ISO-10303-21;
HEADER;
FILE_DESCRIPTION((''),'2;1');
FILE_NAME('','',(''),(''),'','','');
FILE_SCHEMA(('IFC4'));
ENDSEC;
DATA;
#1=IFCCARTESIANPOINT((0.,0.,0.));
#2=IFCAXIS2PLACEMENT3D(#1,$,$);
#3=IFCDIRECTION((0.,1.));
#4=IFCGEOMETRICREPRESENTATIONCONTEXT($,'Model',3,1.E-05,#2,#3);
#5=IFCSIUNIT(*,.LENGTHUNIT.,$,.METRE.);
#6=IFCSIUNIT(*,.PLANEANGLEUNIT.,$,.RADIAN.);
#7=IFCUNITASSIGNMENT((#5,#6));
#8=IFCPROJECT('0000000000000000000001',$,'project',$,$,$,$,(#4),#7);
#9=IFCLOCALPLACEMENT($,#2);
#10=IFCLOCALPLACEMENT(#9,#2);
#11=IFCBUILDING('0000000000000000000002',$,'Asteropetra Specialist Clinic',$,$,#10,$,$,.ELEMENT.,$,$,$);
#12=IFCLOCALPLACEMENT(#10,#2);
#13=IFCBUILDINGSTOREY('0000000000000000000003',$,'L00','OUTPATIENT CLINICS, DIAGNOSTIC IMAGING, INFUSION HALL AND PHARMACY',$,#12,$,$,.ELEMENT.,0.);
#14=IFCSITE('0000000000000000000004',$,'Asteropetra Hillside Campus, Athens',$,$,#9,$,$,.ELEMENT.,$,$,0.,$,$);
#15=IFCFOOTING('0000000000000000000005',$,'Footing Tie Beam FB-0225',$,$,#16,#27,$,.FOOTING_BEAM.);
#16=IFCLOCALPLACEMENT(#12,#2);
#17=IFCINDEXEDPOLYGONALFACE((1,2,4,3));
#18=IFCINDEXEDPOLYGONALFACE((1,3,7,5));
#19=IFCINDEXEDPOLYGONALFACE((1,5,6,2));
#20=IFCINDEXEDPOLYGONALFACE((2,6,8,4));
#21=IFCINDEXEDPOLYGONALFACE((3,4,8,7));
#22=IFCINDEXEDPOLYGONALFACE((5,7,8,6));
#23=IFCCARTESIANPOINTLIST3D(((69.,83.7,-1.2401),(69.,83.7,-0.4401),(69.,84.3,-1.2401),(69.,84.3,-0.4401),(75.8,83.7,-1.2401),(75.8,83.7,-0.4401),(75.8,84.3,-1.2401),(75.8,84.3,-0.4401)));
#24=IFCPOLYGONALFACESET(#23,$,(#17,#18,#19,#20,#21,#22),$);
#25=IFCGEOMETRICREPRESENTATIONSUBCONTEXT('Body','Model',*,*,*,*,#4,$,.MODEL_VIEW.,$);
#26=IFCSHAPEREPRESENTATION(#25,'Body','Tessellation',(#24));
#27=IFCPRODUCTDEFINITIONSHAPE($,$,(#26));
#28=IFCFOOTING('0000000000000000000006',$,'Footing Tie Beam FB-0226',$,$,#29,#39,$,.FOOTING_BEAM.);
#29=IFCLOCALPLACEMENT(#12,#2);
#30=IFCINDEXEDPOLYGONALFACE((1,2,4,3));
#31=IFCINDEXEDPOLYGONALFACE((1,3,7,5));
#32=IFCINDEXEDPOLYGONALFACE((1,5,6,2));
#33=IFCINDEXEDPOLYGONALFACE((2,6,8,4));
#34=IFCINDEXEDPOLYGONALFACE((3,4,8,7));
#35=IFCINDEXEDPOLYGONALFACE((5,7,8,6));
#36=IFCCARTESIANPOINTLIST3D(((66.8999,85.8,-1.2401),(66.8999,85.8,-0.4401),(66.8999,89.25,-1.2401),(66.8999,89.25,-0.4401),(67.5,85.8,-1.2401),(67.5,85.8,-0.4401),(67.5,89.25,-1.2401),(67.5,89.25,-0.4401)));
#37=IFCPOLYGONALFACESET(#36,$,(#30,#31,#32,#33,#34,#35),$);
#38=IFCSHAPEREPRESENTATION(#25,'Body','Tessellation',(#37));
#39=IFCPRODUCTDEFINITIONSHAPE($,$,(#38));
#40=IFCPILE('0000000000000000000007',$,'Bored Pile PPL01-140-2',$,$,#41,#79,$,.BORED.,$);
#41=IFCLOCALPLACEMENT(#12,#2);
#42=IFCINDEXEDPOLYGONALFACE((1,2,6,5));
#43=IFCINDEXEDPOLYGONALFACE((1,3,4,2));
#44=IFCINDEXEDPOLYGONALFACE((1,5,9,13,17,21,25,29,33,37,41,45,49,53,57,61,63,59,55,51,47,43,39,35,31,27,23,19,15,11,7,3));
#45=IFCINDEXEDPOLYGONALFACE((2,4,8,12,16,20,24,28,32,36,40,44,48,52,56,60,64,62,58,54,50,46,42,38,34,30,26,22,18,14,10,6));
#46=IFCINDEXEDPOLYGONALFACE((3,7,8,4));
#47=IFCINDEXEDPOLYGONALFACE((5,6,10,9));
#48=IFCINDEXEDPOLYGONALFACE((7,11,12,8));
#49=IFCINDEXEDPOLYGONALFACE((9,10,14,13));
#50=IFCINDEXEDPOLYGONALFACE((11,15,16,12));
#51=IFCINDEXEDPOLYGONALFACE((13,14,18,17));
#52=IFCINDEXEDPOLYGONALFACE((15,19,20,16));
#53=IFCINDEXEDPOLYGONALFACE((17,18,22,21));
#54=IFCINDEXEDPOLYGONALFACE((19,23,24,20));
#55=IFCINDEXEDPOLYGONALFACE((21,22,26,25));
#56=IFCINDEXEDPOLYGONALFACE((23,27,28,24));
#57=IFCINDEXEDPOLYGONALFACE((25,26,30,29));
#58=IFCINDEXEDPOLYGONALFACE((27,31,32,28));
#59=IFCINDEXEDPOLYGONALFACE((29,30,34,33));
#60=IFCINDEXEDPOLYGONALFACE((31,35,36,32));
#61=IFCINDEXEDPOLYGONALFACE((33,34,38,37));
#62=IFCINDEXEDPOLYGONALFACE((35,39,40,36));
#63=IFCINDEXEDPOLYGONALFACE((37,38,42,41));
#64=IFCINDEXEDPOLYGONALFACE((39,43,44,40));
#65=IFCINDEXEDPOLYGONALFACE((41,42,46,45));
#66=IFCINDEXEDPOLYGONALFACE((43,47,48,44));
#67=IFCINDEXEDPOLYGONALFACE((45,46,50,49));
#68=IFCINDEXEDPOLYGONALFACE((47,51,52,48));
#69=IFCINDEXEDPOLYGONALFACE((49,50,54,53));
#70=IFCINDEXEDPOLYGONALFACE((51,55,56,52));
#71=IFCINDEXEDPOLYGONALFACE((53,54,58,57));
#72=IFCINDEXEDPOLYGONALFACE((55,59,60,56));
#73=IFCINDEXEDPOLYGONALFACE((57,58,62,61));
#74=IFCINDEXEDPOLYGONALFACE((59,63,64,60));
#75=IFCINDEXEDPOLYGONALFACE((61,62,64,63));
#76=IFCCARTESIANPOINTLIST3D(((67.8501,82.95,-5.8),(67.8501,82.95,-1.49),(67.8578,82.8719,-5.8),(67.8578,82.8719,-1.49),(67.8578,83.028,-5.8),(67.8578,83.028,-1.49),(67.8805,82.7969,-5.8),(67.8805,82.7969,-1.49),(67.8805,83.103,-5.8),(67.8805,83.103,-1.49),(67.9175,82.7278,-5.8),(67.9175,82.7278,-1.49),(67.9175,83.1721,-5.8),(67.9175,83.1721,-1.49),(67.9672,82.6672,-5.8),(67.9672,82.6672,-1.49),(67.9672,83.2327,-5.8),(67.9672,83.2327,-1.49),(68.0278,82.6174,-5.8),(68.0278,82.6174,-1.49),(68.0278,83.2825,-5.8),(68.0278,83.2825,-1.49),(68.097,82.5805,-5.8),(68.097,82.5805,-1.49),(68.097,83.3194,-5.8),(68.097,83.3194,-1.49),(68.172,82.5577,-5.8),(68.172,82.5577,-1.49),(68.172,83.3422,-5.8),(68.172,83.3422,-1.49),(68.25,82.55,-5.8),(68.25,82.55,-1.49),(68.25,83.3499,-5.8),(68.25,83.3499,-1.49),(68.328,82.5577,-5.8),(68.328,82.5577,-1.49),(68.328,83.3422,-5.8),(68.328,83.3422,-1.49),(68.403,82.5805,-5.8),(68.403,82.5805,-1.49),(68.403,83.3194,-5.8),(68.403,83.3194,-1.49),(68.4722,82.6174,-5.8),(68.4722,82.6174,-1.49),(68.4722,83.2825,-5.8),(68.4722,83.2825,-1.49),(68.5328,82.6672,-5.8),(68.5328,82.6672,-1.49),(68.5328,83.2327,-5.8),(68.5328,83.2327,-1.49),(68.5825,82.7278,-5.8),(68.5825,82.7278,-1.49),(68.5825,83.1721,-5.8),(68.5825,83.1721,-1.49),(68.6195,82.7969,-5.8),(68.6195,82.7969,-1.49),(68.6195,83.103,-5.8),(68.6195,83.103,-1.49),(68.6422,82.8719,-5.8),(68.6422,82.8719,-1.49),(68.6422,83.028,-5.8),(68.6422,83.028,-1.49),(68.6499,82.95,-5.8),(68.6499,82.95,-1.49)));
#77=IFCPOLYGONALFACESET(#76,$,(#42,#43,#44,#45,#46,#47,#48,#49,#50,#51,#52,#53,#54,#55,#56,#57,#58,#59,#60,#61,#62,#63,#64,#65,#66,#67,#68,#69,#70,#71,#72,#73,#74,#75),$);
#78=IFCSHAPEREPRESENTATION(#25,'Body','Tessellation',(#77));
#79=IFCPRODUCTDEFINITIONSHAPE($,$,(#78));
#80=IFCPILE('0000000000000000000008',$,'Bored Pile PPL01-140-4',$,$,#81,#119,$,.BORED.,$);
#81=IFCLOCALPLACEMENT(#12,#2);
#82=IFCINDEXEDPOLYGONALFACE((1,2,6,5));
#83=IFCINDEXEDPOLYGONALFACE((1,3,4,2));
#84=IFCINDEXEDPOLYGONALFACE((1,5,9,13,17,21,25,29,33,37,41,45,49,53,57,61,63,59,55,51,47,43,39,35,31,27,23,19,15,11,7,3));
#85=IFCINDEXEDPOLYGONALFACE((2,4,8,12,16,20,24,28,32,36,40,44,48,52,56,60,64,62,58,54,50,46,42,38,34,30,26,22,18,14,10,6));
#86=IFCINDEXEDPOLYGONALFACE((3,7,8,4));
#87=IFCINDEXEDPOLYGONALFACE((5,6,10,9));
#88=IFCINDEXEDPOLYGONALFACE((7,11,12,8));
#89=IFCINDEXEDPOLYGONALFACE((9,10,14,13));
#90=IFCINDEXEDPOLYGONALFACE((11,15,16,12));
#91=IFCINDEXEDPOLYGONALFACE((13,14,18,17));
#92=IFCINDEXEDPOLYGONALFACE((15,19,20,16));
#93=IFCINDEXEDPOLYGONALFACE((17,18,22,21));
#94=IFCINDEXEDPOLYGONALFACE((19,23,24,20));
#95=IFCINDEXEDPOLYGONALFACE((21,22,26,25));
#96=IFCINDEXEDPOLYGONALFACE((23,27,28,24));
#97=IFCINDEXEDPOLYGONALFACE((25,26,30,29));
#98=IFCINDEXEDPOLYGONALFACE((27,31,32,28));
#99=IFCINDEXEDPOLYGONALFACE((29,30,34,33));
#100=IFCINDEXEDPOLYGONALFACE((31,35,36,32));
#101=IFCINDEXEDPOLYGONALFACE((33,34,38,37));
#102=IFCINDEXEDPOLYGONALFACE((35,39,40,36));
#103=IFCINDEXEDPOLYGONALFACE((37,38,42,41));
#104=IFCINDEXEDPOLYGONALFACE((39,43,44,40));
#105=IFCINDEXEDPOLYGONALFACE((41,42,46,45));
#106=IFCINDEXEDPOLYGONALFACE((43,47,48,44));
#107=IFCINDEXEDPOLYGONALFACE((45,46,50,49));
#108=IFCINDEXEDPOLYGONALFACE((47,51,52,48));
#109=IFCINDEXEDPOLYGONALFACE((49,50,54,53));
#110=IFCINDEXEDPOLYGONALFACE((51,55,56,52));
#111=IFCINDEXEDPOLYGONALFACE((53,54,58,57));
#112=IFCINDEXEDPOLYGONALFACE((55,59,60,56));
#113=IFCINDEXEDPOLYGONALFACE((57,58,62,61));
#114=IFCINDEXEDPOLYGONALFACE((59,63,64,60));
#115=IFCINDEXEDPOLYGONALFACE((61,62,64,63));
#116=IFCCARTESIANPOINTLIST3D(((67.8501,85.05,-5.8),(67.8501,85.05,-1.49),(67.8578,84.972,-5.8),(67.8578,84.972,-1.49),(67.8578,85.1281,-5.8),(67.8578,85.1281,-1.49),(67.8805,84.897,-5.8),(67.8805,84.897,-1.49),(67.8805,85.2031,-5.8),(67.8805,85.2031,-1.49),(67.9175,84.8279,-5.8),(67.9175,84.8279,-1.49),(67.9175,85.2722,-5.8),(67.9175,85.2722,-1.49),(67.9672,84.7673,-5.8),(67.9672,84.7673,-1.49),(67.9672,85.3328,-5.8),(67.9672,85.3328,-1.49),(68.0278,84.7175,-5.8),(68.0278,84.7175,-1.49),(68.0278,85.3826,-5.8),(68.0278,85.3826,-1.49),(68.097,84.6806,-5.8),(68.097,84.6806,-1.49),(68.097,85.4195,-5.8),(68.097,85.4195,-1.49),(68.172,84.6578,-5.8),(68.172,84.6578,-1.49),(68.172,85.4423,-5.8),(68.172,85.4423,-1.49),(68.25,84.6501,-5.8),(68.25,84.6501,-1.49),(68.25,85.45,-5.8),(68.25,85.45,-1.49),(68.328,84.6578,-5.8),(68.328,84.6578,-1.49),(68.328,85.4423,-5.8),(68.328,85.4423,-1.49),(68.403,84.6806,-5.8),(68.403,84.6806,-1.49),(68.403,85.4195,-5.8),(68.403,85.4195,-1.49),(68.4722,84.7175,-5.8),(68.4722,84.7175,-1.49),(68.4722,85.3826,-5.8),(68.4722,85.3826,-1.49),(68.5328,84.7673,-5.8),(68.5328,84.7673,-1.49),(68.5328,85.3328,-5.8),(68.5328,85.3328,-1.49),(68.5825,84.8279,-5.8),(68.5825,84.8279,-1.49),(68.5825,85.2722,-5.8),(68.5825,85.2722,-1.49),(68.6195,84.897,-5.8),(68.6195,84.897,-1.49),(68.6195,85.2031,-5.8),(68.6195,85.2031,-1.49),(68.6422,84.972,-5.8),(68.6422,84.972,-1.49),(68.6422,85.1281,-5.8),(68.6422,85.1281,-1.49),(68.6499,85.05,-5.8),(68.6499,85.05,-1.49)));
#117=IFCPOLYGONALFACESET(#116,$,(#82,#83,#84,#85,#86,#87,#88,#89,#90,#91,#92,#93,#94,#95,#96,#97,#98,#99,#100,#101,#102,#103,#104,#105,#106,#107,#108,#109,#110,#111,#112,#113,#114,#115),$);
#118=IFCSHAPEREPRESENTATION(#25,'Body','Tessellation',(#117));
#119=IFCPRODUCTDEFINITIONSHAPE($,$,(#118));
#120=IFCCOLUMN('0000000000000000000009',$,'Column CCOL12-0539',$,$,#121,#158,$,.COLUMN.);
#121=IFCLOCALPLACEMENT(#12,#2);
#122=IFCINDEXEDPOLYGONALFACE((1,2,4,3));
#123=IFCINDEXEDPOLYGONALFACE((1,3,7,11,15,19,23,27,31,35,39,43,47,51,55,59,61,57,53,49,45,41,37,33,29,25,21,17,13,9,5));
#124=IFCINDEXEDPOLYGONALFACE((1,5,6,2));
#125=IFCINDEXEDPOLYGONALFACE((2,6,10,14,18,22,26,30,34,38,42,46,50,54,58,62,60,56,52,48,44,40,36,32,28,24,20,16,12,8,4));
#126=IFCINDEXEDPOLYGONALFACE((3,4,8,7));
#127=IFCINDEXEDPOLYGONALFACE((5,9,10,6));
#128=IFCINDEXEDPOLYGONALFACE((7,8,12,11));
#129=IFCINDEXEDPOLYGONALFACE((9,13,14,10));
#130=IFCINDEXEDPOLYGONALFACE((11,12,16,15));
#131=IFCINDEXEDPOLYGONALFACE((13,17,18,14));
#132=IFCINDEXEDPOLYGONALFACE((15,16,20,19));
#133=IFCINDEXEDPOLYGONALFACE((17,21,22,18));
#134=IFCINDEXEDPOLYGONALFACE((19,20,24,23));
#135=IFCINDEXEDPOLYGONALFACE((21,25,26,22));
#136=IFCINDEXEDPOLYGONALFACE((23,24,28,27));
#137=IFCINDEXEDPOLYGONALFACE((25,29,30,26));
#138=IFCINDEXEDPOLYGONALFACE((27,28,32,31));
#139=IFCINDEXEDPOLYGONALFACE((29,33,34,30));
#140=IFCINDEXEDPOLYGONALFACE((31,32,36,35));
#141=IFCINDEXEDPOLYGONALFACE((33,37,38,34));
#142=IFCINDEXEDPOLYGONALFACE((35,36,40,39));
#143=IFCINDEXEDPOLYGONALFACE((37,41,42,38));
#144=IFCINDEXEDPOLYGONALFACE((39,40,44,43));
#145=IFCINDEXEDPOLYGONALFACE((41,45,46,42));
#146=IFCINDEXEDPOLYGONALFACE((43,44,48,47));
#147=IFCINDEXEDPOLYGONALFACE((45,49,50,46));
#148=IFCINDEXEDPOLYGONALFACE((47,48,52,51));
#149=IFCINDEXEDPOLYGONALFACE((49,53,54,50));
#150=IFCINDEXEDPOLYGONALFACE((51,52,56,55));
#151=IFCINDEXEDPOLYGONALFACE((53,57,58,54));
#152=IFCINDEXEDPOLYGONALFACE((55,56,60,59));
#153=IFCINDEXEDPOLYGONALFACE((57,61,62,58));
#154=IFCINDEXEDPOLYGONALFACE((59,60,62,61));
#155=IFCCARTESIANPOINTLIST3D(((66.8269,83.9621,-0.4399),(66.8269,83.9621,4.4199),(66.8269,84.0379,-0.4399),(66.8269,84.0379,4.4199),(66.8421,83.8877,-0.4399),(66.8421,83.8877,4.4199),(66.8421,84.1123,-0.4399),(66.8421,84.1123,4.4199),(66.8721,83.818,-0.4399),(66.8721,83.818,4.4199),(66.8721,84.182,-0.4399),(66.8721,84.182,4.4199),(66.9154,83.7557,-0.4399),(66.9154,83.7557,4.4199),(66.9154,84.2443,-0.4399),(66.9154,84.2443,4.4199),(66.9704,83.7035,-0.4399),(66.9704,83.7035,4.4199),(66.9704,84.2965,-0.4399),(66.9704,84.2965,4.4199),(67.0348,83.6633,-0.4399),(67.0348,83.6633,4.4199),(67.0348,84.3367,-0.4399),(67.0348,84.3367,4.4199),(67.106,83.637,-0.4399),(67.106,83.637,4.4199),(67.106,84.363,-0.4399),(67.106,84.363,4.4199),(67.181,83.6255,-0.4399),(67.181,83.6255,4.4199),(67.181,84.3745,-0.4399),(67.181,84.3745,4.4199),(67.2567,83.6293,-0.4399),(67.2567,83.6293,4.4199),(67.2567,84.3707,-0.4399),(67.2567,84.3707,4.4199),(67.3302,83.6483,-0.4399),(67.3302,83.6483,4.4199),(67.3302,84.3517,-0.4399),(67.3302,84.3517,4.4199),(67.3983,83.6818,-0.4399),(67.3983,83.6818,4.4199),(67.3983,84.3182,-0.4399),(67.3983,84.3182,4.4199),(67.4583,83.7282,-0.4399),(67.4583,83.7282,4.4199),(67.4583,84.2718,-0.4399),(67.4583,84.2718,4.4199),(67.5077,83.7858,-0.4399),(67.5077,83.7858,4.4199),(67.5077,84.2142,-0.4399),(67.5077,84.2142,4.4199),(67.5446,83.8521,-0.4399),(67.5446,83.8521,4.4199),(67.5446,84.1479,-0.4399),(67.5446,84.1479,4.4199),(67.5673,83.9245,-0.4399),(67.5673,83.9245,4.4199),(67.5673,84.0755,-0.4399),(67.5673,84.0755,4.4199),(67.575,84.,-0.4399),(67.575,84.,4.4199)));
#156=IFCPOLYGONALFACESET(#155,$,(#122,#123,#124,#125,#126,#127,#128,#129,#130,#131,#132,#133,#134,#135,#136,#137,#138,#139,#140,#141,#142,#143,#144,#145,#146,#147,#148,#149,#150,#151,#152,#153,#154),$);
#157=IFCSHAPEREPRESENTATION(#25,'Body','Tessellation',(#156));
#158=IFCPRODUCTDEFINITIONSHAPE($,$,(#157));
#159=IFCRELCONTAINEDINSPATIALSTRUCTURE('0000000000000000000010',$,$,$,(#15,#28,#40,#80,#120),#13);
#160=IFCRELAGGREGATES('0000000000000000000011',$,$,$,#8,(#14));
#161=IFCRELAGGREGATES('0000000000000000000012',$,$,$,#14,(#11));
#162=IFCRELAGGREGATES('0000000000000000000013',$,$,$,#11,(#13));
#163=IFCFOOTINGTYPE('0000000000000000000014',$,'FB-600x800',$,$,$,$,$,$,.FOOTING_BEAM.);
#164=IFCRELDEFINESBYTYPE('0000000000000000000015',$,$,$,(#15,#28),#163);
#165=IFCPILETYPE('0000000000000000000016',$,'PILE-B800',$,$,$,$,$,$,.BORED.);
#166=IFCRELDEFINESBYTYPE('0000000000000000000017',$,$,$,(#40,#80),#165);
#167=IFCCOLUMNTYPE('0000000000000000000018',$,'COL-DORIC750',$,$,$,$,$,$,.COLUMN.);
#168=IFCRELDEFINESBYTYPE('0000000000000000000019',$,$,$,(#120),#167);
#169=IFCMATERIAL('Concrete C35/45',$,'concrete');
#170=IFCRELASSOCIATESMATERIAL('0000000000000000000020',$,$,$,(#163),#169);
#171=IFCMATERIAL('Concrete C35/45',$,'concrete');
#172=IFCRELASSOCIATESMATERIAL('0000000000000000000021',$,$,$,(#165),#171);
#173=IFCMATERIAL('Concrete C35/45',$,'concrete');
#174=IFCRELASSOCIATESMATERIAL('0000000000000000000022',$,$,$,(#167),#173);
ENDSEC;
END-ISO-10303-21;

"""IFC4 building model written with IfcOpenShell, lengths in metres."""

from ifc_helpers import new_model, si_unit, direction, frame, origin, origin_2d, place, context, subcontext, project, spatial, rectangle, circle, extrude, material, material_profile, profile_set, type_object, element, save


model = new_model("IFC4")

# Units and contexts
model_context = context("Model", 3, precision=1e-05, world=origin(), true_north=direction((0.0, 1.0)))
body_context = subcontext(model_context, "Body", "Model", "MODEL_VIEW")
ifc_project = project(units=[si_unit("LENGTHUNIT", "METRE"), si_unit("PLANEANGLEUNIT", "RADIAN")], contexts=[model_context])

# Site, building, storey
site_placement = place(None, origin())
site = spatial("IfcSite", under=ifc_project, at=site_placement, Name="Asteropetra Hillside Campus, Athens", CompositionType="ELEMENT", RefElevation=0.0)
building_placement = place(site_placement, origin())
building = spatial("IfcBuilding", under=site, at=building_placement, Name="Asteropetra Specialist Clinic", CompositionType="ELEMENT")
storey_placement = place(building_placement, origin())
storey = spatial("IfcBuildingStorey", under=building, at=storey_placement, Name="L00", Description="OUTPATIENT CLINICS, DIAGNOSTIC IMAGING, INFUSION HALL AND PHARMACY", CompositionType="ELEMENT", Elevation=0.0)

# Footings
ifc_material_1 = material(Name="Concrete C35/45", Category="concrete")
ifc_material_profile_1 = material_profile(ifc_material_1, rectangle(XDim=0.6001, YDim=0.8, at=origin_2d()), Name="FB 600x800")
ifc_profile_set_1 = profile_set([ifc_material_profile_1], Name="Concrete C35/45")
footing_type = type_object("IfcFootingType", Name="FB-600x800", PredefinedType="FOOTING_BEAM", material=ifc_profile_set_1)
footing_1_placement = place(storey_placement, frame((69.0, 84.0, -0.8401), z_axis=(1.0, 0.0, 0.0), x_axis=(0.0, 1.0, 0.0)))
element("IfcFooting", 1, at=footing_1_placement, inside=storey, type_object=footing_type, Name="Footing Tie Beam FB-0225", PredefinedType="FOOTING_BEAM", context=body_context, shape_type="SweptSolid", body=[
    extrude(rectangle(XDim=0.6001, YDim=0.8, at=origin_2d()), origin(), (0.0, 0.0, 1.0), 6.8),
])
footing_2_placement = place(storey_placement, frame((67.2, 85.8, -0.8401), z_axis=(0.0, 1.0, 0.0), x_axis=(-1.0, 0.0, 0.0)))
element("IfcFooting", 2, at=footing_2_placement, inside=storey, type_object=footing_type, Name="Footing Tie Beam FB-0226", PredefinedType="FOOTING_BEAM", context=body_context, shape_type="SweptSolid", body=[
    extrude(rectangle(XDim=0.6001, YDim=0.8, at=origin_2d()), origin(), (0.0, 0.0, 1.0), 3.45),
])

# Piles
ifc_material_2 = material(Name="Concrete C35/45", Category="concrete")
ifc_material_profile_2 = material_profile(ifc_material_2, circle(Radius=0.3999, at=origin_2d()), Name="PILE D800")
ifc_profile_set_2 = profile_set([ifc_material_profile_2], Name="Concrete C35/45")
pile_type = type_object("IfcPileType", Name="PILE-B800", PredefinedType="BORED", material=ifc_profile_set_2)
for number, where, z_axis, x_axis, name in (
    (3, (68.25, 82.95, -1.49), (0.0, 0.0, -1.0), (1.0, 0.0, 0.0), "Bored Pile PPL01-140-2"),
    (4, (68.25, 85.05, -1.49), (0.0, 0.0, -1.0), (1.0, 0.0, 0.0), "Bored Pile PPL01-140-4"),
):
    element("IfcPile", number, at=place(storey_placement, frame(where, z_axis=z_axis, x_axis=x_axis)), inside=storey, type_object=pile_type, Name=name, PredefinedType="BORED", context=body_context, shape_type="SweptSolid", body=[
        extrude(circle(Radius=0.3999, at=origin_2d()), origin(), (0.0, 0.0, 1.0), 4.3101),
    ])

# Column
ifc_material_3 = material(Name="Concrete C35/45", Category="concrete")
ifc_material_profile_3 = material_profile(ifc_material_3, circle(Radius=0.375, at=origin_2d()), Name="RCC D750")
ifc_profile_set_3 = profile_set([ifc_material_profile_3], Name="Concrete C35/45")
column_type = type_object("IfcColumnType", Name="COL-DORIC750", PredefinedType="COLUMN", material=ifc_profile_set_3)
column_placement = place(storey_placement, frame((67.2, 84.0, -0.4399), z_axis=(0.0, 0.0, 1.0), x_axis=(1.0, 0.0, 0.0)))
element("IfcColumn", 5, at=column_placement, inside=storey, type_object=column_type, Name="Column CCOL12-0539", PredefinedType="COLUMN", context=body_context, shape_type="SweptSolid", body=[
    extrude(circle(Radius=0.375, at=origin_2d()), origin(), (0.0, 0.0, 1.0), 4.8599),
])

save(model, "model.ifc")
